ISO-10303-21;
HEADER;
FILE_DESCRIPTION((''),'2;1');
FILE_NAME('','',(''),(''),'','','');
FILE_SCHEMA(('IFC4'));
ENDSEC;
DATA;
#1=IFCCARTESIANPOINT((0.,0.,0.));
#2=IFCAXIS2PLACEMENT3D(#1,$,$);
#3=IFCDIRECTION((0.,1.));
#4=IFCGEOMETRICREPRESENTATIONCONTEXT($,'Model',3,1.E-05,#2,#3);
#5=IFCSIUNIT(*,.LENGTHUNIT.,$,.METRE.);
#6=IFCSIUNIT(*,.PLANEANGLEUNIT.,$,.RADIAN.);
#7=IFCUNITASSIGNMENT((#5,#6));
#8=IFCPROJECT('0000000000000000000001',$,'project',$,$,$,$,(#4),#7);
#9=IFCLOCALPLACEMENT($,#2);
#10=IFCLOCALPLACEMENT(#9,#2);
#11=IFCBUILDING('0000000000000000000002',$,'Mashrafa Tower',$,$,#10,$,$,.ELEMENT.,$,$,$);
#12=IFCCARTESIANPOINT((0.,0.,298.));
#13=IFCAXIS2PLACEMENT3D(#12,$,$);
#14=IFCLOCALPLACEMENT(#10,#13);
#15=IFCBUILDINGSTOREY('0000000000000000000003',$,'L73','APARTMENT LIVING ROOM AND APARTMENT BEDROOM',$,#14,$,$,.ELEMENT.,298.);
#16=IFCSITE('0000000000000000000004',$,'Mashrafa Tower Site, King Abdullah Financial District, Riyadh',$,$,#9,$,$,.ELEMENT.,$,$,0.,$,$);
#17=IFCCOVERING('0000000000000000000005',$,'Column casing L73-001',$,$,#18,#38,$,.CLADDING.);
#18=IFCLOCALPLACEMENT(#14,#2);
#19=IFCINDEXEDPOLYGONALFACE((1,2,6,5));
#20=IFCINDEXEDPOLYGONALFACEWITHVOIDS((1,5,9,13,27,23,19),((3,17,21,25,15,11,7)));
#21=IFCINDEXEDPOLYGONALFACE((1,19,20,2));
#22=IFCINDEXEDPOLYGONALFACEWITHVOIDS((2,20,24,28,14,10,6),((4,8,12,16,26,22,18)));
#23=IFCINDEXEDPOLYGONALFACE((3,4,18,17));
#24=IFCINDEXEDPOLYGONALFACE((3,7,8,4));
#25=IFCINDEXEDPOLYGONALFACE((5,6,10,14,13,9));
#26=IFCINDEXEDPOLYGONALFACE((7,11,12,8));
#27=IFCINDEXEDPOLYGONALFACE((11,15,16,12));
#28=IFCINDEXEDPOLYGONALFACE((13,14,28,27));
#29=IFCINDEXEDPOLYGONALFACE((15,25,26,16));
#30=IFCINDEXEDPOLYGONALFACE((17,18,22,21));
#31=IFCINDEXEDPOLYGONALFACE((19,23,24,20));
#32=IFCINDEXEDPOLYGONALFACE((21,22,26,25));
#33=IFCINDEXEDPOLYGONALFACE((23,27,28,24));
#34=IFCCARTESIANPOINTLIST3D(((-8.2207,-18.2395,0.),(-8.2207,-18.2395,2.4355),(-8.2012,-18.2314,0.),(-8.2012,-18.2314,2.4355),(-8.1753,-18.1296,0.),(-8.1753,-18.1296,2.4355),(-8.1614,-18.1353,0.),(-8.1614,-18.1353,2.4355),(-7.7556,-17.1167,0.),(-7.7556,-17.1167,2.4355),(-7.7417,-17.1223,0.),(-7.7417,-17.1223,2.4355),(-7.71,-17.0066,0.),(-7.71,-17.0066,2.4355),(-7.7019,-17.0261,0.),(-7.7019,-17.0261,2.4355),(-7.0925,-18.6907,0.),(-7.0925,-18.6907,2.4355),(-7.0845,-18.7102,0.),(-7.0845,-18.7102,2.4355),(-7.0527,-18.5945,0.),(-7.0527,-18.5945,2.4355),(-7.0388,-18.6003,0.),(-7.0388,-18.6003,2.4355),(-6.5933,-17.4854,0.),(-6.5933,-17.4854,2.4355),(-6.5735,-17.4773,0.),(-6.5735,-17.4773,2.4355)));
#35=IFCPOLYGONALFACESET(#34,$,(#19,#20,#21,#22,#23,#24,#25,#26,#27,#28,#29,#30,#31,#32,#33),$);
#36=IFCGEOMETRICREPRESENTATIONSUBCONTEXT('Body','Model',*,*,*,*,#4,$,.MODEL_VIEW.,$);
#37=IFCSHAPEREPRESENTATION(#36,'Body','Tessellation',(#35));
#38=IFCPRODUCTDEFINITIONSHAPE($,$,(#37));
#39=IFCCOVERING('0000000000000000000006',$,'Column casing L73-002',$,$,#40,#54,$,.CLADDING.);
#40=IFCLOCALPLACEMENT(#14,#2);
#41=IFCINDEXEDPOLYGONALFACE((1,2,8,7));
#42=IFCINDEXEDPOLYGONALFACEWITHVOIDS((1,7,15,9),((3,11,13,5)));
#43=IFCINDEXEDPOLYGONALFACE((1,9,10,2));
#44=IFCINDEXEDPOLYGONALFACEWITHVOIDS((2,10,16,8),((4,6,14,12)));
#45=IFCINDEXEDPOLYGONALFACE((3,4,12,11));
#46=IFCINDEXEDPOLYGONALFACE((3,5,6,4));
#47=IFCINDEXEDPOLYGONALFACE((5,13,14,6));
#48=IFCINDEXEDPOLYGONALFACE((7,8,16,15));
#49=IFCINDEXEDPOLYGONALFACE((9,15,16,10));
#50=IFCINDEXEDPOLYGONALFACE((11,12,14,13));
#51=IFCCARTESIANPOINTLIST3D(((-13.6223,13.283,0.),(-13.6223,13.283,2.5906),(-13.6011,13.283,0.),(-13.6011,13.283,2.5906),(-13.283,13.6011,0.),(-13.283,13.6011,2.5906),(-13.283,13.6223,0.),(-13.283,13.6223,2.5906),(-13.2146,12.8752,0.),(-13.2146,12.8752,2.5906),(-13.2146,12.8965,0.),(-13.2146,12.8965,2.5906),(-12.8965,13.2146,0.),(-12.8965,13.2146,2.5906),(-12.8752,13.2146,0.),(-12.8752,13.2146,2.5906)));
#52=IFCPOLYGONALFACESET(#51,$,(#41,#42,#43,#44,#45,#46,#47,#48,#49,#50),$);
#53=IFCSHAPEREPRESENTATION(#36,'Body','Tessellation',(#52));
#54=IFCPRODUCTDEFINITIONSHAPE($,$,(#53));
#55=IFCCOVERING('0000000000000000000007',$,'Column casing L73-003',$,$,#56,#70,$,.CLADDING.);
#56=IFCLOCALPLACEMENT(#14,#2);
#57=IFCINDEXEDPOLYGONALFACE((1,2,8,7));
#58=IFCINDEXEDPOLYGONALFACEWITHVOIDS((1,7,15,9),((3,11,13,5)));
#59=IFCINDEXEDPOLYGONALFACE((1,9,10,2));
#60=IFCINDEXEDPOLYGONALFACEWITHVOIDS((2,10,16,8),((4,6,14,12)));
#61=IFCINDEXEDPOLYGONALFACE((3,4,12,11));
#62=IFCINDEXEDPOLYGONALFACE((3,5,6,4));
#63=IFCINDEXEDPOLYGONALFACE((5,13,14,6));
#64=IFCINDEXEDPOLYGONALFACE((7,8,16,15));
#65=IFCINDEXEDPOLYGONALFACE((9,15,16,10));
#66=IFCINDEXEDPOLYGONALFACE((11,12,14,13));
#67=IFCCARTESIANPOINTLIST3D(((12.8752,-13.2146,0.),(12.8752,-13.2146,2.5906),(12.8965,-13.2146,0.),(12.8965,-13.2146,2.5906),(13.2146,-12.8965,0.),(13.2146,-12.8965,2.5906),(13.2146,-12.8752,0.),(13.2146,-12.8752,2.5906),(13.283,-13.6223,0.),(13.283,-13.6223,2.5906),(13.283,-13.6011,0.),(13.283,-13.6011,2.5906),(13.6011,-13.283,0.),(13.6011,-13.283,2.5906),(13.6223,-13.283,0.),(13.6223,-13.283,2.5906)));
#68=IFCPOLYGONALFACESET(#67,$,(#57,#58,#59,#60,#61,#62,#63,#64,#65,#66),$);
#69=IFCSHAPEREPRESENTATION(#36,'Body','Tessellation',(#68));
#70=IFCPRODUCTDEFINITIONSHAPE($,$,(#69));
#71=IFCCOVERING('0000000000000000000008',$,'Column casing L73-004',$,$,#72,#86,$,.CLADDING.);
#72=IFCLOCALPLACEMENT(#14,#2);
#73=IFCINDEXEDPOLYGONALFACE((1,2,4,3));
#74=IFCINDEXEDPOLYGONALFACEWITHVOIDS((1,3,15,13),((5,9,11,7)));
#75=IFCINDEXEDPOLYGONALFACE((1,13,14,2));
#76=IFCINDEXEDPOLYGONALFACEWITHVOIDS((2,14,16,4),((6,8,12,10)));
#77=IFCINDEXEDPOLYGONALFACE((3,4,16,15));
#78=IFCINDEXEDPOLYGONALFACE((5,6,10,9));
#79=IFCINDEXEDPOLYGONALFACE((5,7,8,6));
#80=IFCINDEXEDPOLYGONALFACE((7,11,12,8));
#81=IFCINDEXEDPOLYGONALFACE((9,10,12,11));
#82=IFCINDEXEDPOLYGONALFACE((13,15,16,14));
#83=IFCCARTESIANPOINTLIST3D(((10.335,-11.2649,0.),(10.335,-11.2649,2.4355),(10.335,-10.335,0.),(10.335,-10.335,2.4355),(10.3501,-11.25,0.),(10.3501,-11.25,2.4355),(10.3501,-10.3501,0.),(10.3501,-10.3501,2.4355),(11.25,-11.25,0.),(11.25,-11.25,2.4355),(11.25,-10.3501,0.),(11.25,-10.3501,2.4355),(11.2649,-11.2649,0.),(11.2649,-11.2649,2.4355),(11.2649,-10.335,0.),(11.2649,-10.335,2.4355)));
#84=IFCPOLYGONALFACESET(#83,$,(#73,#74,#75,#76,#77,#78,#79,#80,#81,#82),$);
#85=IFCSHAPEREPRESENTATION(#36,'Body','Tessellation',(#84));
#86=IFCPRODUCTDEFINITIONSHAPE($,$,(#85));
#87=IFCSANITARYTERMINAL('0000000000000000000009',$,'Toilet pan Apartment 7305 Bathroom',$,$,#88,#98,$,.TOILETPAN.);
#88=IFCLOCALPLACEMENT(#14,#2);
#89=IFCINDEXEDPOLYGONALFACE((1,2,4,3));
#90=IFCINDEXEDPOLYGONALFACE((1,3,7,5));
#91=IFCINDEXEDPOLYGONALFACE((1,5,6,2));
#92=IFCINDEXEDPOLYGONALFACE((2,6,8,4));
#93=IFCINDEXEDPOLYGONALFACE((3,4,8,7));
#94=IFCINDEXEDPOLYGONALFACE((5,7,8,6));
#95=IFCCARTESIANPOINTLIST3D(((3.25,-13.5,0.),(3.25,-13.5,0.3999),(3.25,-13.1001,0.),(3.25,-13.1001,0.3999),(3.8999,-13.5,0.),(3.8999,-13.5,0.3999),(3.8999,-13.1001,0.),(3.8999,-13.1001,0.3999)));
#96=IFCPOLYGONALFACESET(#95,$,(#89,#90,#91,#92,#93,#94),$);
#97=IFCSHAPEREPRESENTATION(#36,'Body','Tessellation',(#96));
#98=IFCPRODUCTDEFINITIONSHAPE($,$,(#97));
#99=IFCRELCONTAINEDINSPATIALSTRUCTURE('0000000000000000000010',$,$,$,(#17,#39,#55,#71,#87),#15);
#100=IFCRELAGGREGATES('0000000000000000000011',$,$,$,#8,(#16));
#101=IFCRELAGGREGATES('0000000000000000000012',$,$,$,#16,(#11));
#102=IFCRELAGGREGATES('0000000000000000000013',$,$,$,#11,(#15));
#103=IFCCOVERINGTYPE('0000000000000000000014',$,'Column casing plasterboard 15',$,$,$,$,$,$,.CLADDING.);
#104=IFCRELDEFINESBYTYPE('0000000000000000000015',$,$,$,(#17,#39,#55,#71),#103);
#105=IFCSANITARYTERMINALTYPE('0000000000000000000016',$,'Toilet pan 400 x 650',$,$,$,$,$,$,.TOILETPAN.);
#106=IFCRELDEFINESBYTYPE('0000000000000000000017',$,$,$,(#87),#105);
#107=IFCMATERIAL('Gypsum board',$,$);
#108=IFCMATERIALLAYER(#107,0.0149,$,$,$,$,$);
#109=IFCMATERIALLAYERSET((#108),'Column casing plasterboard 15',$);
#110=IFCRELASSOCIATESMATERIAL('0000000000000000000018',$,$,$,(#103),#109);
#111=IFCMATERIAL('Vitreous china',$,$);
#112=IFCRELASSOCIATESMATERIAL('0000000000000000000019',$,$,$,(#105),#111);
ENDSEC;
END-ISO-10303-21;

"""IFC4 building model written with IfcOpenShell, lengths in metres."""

from ifc_helpers import new_model, si_unit, direction, frame, origin, origin_2d, place, context, subcontext, project, spatial, polyline, rectangle, outline, extrude, material, layer, layer_set, type_object, element, save


model = new_model("IFC4")

# Units and contexts
model_context = context("Model", 3, precision=1e-05, world=origin(), true_north=direction((0.0, 1.0)))
body_context = subcontext(model_context, "Body", "Model", "MODEL_VIEW")
ifc_project = project(units=[si_unit("LENGTHUNIT", "METRE"), si_unit("PLANEANGLEUNIT", "RADIAN")], contexts=[model_context])

# Site, building, storey
site_placement = place(None, origin())
site = spatial("IfcSite", under=ifc_project, at=site_placement, Name="Mashrafa Tower Site, King Abdullah Financial District, Riyadh", CompositionType="ELEMENT", RefElevation=0.0)
building_placement = place(site_placement, origin())
building = spatial("IfcBuilding", under=site, at=building_placement, Name="Mashrafa Tower", CompositionType="ELEMENT")
storey_placement = place(building_placement, frame((0.0, 0.0, 298.0)))
storey = spatial("IfcBuildingStorey", under=building, at=storey_placement, Name="L73", Description="APARTMENT LIVING ROOM AND APARTMENT BEDROOM", CompositionType="ELEMENT", Elevation=298.0)

# Coverings
ifc_material_1 = material(Name="Gypsum board")
ifc_layer_1 = layer(ifc_material_1, 0.0149)
ifc_layer_set_1 = layer_set([ifc_layer_1], Name="Column casing plasterboard 15")
covering_type = type_object("IfcCoveringType", Name="Column casing plasterboard 15", PredefinedType="CLADDING", material=ifc_layer_set_1)
covering_1_placement = place(storey_placement, origin())
element("IfcCovering", 1, at=covering_1_placement, inside=storey, type_object=covering_type, Name="Column casing L73-001", PredefinedType="CLADDING", context=body_context, shape_type="SweptSolid", body=[
    extrude(outline(polyline([(-8.2207, -18.2395), (-8.1753, -18.1296), (-7.7556, -17.1167), (-7.71, -17.0066), (-6.5735, -17.4773), (-7.0388, -18.6003), (-7.0845, -18.7102), (-8.2207, -18.2395)]), holes=[polyline([(-7.0527, -18.5945), (-6.5933, -17.4854), (-7.7019, -17.0261), (-7.7417, -17.1223), (-8.1614, -18.1353), (-8.2012, -18.2314), (-7.0925, -18.6907), (-7.0527, -18.5945)])]), origin(), (0.0, 0.0, 1.0), 2.4355),
])
covering_2_placement = place(storey_placement, origin())
element("IfcCovering", 2, at=covering_2_placement, inside=storey, type_object=covering_type, Name="Column casing L73-002", PredefinedType="CLADDING", context=body_context, shape_type="SweptSolid", body=[
    extrude(outline(polyline([(-13.6223, 13.283), (-13.283, 13.6223), (-12.8752, 13.2146), (-13.2146, 12.8752), (-13.6223, 13.283)]), holes=[polyline([(-12.8965, 13.2146), (-13.283, 13.6011), (-13.6011, 13.283), (-13.2146, 12.8965), (-12.8965, 13.2146)])]), origin(), (0.0, 0.0, 1.0), 2.5906),
])
covering_3_placement = place(storey_placement, origin())
element("IfcCovering", 3, at=covering_3_placement, inside=storey, type_object=covering_type, Name="Column casing L73-003", PredefinedType="CLADDING", context=body_context, shape_type="SweptSolid", body=[
    extrude(outline(polyline([(12.8752, -13.2146), (13.2146, -12.8752), (13.6223, -13.283), (13.283, -13.6223), (12.8752, -13.2146)]), holes=[polyline([(13.6011, -13.283), (13.2146, -12.8965), (12.8965, -13.2146), (13.283, -13.6011), (13.6011, -13.283)])]), origin(), (0.0, 0.0, 1.0), 2.5906),
])
covering_4_placement = place(storey_placement, origin())
element("IfcCovering", 4, at=covering_4_placement, inside=storey, type_object=covering_type, Name="Column casing L73-004", PredefinedType="CLADDING", context=body_context, shape_type="SweptSolid", body=[
    extrude(outline(polyline([(10.335, -10.335), (11.2649, -10.335), (11.2649, -11.2649), (10.335, -11.2649), (10.335, -10.335)]), holes=[polyline([(11.25, -11.25), (11.25, -10.3501), (10.3501, -10.3501), (10.3501, -11.25), (11.25, -11.25)])]), origin(), (0.0, 0.0, 1.0), 2.4355),
])

# Sanitary terminal
ifc_material_2 = material(Name="Vitreous china")
sanitary_terminal_type = type_object("IfcSanitaryTerminalType", Name="Toilet pan 400 x 650", PredefinedType="TOILETPAN", material=ifc_material_2)
sanitary_terminal_placement = place(storey_placement, frame((3.575, -13.3, 0.0), z_axis=(0.0, 0.0, 1.0), x_axis=(0.0, -1.0, 0.0)))
element("IfcSanitaryTerminal", 5, at=sanitary_terminal_placement, inside=storey, type_object=sanitary_terminal_type, Name="Toilet pan Apartment 7305 Bathroom", PredefinedType="TOILETPAN", context=body_context, shape_type="SweptSolid", body=[
    extrude(rectangle(XDim=0.3999, YDim=0.6499, at=origin_2d()), origin(), (0.0, 0.0, 1.0), 0.3999),
])

save(model, "model.ifc")
